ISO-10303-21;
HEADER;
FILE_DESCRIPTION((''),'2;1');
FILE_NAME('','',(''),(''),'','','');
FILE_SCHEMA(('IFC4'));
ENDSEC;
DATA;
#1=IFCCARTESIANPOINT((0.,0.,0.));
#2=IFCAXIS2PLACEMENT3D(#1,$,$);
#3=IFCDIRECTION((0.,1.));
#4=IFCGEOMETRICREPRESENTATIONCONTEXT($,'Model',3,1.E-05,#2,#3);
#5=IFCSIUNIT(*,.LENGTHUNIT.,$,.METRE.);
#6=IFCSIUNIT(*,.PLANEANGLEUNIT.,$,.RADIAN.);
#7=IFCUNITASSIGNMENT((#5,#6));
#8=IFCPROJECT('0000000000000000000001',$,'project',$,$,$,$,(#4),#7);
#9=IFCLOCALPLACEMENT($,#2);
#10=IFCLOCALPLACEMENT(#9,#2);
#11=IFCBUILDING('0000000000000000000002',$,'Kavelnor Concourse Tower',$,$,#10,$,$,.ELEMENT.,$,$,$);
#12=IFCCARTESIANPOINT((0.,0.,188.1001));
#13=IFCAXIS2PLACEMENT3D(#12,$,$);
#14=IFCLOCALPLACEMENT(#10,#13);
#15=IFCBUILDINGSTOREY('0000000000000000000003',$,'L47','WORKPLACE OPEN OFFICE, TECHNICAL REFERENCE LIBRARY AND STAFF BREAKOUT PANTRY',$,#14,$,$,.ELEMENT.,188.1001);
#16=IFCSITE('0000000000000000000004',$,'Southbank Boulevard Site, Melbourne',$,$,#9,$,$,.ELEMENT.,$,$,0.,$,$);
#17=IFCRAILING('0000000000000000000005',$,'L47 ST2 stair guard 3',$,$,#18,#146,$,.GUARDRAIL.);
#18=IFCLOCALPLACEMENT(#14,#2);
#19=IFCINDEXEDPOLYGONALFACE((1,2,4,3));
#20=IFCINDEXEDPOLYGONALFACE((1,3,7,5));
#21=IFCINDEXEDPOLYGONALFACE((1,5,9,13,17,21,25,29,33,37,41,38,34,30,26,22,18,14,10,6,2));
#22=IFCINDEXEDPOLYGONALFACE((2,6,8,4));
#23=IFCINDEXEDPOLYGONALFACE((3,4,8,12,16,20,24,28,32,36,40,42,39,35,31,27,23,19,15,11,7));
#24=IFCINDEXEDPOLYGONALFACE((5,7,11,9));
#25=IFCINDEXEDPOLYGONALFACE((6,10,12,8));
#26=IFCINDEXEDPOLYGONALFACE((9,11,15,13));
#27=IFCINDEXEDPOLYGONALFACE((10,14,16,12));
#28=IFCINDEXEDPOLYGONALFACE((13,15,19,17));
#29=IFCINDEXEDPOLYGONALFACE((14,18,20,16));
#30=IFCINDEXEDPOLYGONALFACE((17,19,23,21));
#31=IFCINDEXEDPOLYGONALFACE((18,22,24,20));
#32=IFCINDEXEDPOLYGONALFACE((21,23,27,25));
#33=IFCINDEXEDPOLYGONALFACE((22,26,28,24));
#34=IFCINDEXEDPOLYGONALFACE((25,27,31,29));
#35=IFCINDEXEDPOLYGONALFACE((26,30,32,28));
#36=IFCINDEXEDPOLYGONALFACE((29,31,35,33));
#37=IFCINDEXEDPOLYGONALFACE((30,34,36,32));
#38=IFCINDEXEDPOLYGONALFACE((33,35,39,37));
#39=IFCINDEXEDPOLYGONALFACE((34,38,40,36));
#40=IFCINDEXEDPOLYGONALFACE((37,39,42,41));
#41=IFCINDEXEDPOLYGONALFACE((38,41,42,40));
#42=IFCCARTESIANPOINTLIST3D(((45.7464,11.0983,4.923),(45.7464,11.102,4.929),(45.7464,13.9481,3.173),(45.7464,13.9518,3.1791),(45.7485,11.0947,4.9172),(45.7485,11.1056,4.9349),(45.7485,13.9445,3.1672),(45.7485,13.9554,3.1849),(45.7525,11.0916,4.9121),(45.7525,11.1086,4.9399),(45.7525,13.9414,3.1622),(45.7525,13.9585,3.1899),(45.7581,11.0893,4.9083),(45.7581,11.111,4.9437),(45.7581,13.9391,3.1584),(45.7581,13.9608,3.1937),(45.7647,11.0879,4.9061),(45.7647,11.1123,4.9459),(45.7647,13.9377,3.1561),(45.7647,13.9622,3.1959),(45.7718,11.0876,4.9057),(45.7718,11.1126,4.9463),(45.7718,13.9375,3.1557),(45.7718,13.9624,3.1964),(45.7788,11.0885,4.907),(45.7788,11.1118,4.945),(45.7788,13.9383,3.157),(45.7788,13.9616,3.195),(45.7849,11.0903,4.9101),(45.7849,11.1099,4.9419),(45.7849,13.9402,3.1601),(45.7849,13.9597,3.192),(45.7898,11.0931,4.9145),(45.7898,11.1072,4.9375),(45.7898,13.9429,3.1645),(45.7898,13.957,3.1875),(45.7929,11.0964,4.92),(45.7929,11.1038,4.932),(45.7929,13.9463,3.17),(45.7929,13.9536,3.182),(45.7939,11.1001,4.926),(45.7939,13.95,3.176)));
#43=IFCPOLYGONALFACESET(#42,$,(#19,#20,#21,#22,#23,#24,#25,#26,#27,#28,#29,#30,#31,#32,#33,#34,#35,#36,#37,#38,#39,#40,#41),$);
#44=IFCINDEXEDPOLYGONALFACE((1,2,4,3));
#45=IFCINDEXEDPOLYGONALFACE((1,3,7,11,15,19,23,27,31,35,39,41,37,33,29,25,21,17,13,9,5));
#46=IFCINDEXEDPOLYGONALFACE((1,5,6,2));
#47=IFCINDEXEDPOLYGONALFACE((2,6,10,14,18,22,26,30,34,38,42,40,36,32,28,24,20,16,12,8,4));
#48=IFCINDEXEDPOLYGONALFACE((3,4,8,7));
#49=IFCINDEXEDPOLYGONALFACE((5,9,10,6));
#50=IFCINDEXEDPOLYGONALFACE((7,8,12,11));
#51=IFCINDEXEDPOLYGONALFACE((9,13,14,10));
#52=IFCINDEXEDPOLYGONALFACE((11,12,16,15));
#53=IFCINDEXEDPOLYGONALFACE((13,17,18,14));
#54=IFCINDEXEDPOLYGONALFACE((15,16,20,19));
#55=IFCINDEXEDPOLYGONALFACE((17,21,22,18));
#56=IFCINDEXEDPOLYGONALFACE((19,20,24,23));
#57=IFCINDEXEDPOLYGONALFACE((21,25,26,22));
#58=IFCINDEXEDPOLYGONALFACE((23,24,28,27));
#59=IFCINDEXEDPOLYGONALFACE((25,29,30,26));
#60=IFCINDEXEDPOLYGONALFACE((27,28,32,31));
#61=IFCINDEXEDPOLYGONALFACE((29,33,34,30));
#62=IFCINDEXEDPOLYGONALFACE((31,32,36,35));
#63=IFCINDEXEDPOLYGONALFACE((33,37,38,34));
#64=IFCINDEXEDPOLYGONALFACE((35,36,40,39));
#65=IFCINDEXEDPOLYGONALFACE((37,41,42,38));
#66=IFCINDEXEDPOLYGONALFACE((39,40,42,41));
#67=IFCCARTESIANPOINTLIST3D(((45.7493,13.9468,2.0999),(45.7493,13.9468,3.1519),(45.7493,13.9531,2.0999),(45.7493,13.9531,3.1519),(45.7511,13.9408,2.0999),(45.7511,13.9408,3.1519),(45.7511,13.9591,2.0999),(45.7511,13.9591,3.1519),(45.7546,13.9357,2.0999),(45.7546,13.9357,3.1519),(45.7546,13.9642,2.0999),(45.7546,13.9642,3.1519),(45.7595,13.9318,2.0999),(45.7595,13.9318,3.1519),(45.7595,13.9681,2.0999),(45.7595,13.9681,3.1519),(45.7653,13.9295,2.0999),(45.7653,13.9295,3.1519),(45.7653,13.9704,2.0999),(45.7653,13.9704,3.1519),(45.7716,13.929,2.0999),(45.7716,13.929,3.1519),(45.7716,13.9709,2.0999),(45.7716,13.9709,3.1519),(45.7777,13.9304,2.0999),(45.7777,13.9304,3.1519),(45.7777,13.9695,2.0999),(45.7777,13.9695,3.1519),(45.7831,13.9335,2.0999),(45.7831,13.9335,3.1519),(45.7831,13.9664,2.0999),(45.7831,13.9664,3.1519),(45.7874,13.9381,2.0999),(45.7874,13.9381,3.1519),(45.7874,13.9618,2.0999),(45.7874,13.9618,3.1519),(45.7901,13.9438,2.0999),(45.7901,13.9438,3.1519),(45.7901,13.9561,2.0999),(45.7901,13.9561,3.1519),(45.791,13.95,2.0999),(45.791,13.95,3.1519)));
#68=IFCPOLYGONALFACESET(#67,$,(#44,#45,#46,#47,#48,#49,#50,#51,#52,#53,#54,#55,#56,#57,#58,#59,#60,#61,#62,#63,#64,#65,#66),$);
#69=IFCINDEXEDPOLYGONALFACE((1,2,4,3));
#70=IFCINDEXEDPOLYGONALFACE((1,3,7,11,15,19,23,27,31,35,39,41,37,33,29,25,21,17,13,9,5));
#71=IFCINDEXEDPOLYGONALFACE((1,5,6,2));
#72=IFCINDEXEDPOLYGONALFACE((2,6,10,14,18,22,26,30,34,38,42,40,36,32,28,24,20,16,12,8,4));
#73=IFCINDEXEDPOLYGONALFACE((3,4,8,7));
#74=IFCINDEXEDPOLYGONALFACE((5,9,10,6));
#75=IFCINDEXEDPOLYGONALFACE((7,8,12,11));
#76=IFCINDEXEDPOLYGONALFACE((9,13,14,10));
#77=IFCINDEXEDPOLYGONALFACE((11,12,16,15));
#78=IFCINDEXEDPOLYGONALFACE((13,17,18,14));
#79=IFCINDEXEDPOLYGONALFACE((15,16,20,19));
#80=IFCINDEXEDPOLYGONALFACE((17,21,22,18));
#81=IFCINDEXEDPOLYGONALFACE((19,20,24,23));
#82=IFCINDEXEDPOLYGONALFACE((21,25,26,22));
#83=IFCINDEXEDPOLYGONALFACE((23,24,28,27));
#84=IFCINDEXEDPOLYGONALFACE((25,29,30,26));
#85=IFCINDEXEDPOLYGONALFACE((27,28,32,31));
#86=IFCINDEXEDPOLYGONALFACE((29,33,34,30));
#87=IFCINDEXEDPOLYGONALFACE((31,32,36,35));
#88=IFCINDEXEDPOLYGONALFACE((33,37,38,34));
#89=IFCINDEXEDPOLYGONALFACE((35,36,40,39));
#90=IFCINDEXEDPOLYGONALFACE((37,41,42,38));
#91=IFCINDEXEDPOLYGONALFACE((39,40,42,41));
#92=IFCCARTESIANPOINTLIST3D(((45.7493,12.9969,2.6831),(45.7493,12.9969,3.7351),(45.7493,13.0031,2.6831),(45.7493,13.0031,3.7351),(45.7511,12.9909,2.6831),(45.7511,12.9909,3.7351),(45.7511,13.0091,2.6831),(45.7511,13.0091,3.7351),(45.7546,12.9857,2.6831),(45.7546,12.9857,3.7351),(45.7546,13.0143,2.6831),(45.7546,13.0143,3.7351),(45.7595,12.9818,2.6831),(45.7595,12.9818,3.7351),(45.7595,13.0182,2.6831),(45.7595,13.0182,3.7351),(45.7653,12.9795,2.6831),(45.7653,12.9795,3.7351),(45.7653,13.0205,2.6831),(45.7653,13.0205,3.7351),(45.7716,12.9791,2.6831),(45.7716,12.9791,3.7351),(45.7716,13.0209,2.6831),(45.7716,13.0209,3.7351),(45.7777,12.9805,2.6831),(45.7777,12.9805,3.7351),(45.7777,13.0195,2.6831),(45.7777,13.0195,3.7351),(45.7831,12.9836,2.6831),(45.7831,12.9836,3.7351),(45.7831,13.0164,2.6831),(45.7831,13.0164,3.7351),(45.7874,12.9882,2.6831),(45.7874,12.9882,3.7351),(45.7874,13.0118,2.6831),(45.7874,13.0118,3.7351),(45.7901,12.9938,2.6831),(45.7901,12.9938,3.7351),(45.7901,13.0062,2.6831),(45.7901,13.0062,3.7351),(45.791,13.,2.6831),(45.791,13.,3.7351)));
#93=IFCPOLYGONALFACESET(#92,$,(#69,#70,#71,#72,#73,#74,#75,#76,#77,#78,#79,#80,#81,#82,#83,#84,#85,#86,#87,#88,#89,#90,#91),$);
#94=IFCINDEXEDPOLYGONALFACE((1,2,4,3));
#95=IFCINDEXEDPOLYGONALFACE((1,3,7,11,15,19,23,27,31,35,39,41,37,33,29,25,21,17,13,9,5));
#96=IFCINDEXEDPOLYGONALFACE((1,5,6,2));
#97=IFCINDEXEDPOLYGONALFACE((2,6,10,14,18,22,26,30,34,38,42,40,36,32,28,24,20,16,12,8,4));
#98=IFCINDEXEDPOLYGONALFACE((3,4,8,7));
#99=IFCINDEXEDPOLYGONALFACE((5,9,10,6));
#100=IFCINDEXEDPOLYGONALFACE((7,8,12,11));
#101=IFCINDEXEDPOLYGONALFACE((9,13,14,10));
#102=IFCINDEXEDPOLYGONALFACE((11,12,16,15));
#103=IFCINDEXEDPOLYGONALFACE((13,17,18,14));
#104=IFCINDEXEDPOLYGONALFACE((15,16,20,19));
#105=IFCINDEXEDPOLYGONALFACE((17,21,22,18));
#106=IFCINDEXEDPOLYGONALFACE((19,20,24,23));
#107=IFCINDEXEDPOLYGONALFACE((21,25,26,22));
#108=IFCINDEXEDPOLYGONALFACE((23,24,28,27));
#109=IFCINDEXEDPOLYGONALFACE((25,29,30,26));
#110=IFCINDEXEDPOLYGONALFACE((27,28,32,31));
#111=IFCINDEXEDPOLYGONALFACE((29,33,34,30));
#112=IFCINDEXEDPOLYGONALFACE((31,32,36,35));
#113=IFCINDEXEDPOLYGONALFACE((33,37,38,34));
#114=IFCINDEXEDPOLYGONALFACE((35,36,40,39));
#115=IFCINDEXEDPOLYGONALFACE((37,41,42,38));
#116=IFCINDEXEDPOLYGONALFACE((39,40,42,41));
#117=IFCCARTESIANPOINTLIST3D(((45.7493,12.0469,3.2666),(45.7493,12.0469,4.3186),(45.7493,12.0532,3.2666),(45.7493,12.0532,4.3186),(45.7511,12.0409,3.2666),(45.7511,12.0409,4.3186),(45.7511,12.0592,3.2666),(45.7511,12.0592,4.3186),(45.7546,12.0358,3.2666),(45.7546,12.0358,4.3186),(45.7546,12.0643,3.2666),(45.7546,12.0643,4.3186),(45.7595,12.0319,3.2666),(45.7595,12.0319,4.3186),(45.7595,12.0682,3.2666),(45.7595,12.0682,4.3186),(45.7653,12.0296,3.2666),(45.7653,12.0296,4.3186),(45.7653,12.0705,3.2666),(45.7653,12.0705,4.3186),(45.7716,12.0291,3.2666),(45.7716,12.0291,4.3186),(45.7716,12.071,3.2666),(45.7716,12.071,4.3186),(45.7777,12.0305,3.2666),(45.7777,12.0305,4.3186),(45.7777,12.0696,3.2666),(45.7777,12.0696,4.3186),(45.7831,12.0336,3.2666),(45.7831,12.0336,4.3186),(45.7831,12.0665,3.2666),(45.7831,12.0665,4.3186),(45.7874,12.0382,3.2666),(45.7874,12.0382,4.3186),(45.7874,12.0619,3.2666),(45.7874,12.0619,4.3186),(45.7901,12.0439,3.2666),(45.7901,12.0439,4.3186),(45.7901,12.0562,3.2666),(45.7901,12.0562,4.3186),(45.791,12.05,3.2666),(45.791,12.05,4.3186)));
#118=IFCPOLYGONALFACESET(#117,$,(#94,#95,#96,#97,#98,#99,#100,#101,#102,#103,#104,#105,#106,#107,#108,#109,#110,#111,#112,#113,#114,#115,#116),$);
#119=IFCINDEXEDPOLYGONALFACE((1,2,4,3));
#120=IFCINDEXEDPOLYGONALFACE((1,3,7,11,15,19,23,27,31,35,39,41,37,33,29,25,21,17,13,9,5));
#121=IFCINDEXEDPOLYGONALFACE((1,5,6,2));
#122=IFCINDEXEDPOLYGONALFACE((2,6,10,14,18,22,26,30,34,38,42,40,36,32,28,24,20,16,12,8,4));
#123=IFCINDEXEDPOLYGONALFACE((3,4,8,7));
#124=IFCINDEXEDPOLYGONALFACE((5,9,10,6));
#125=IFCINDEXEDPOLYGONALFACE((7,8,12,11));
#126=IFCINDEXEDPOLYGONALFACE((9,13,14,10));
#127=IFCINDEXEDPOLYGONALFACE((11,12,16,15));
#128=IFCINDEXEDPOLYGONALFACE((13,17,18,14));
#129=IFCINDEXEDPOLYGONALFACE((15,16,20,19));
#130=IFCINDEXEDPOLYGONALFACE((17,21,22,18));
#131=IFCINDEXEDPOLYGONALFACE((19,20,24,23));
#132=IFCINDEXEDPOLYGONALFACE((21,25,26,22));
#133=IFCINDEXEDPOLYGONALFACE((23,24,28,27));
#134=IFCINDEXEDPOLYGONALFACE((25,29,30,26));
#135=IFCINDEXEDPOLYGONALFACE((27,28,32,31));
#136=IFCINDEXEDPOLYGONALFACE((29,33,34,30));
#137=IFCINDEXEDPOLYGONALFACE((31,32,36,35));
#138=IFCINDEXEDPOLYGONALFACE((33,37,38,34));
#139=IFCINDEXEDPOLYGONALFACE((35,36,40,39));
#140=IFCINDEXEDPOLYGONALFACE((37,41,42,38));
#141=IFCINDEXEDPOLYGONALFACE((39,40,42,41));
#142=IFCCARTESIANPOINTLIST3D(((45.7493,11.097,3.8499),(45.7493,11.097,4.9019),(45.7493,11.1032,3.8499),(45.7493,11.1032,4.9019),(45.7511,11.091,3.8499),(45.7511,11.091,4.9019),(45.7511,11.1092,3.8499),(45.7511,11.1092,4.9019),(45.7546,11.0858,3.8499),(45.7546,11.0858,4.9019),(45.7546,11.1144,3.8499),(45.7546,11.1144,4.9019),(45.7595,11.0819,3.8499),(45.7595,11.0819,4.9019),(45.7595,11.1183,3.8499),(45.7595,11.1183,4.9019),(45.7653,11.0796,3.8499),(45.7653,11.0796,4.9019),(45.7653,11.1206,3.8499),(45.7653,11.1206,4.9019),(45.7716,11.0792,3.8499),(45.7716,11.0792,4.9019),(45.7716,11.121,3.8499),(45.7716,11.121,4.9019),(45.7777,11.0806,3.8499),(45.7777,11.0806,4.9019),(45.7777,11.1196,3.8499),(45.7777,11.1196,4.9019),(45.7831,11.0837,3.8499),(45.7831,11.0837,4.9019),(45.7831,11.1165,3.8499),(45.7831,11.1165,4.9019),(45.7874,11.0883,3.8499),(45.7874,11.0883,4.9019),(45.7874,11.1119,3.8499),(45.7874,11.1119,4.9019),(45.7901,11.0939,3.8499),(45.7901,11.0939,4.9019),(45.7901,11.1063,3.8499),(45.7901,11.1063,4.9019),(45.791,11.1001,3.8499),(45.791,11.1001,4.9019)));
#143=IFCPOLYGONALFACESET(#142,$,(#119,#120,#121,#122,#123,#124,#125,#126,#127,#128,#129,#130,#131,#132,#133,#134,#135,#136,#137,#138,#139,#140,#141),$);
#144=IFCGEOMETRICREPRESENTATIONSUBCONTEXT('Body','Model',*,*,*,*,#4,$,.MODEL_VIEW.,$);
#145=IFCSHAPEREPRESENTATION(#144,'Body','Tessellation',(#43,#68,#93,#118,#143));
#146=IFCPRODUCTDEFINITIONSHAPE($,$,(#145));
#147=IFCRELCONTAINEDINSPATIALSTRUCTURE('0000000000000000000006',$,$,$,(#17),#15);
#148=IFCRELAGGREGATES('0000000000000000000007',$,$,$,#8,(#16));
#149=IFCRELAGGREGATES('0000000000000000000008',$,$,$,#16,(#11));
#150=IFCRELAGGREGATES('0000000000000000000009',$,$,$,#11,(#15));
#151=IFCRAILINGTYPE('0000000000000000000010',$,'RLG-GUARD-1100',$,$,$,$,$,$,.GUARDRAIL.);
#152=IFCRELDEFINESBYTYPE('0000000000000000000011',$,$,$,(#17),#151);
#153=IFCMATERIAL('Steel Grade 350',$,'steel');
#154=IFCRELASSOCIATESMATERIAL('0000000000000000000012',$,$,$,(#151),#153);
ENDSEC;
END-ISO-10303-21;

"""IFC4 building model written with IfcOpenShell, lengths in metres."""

from ifc_helpers import new_model, si_unit, direction, frame, origin, origin_2d, place, context, subcontext, project, spatial, circle, extrude, material, type_object, element, save


model = new_model("IFC4")

# Units and contexts
model_context = context("Model", 3, precision=1e-05, world=origin(), true_north=direction((0.0, 1.0)))
body_context = subcontext(model_context, "Body", "Model", "MODEL_VIEW")
ifc_project = project(units=[si_unit("LENGTHUNIT", "METRE"), si_unit("PLANEANGLEUNIT", "RADIAN")], contexts=[model_context])

# Site, building, storey
site_placement = place(None, origin())
site = spatial("IfcSite", under=ifc_project, at=site_placement, Name="Southbank Boulevard Site, Melbourne", CompositionType="ELEMENT", RefElevation=0.0)
building_placement = place(site_placement, origin())
building = spatial("IfcBuilding", under=site, at=building_placement, Name="Kavelnor Concourse Tower", CompositionType="ELEMENT")
storey_placement = place(building_placement, frame((0.0, 0.0, 188.1001)))
storey = spatial("IfcBuildingStorey", under=building, at=storey_placement, Name="L47", Description="WORKPLACE OPEN OFFICE, TECHNICAL REFERENCE LIBRARY AND STAFF BREAKOUT PANTRY", CompositionType="ELEMENT", Elevation=188.1001)

# Shared definitions
ifc_material_1 = material(Name="Steel Grade 350", Category="steel")

# Railing
railing_type_1 = type_object("IfcRailingType", Name="RLG-GUARD-1100", PredefinedType="GUARDRAIL", material=ifc_material_1)
railing_1_placement = place(storey_placement, frame((45.77, 13.95, 2.0999)))
element("IfcRailing", 1, at=railing_1_placement, inside=storey, type_object=railing_type_1, Name="L47 ST2 stair guard 3", PredefinedType="GUARDRAIL", context=body_context, shape_type="SweptSolid", body=[
    extrude(circle(Radius=0.0239, at=origin_2d()), frame((0.0, 0.0, 1.0762), z_axis=(0.0, -0.852159, 0.523283), x_axis=(1.0, 0.0, 0.0)), (0.0, 0.0, 1.0), 3.3442),
    extrude(circle(Radius=0.021, at=origin_2d()), origin(), (0.0, 0.0, 1.0), 1.052),
    extrude(circle(Radius=0.021, at=origin_2d()), frame((0.0, -0.95, 0.5833)), (0.0, 0.0, 1.0), 1.052),
    extrude(circle(Radius=0.021, at=origin_2d()), frame((0.0, -1.8999, 1.1667)), (0.0, 0.0, 1.0), 1.052),
    extrude(circle(Radius=0.021, at=origin_2d()), frame((0.0, -2.8499, 1.75)), (0.0, 0.0, 1.0), 1.052),
])

save(model, "model.ifc")
